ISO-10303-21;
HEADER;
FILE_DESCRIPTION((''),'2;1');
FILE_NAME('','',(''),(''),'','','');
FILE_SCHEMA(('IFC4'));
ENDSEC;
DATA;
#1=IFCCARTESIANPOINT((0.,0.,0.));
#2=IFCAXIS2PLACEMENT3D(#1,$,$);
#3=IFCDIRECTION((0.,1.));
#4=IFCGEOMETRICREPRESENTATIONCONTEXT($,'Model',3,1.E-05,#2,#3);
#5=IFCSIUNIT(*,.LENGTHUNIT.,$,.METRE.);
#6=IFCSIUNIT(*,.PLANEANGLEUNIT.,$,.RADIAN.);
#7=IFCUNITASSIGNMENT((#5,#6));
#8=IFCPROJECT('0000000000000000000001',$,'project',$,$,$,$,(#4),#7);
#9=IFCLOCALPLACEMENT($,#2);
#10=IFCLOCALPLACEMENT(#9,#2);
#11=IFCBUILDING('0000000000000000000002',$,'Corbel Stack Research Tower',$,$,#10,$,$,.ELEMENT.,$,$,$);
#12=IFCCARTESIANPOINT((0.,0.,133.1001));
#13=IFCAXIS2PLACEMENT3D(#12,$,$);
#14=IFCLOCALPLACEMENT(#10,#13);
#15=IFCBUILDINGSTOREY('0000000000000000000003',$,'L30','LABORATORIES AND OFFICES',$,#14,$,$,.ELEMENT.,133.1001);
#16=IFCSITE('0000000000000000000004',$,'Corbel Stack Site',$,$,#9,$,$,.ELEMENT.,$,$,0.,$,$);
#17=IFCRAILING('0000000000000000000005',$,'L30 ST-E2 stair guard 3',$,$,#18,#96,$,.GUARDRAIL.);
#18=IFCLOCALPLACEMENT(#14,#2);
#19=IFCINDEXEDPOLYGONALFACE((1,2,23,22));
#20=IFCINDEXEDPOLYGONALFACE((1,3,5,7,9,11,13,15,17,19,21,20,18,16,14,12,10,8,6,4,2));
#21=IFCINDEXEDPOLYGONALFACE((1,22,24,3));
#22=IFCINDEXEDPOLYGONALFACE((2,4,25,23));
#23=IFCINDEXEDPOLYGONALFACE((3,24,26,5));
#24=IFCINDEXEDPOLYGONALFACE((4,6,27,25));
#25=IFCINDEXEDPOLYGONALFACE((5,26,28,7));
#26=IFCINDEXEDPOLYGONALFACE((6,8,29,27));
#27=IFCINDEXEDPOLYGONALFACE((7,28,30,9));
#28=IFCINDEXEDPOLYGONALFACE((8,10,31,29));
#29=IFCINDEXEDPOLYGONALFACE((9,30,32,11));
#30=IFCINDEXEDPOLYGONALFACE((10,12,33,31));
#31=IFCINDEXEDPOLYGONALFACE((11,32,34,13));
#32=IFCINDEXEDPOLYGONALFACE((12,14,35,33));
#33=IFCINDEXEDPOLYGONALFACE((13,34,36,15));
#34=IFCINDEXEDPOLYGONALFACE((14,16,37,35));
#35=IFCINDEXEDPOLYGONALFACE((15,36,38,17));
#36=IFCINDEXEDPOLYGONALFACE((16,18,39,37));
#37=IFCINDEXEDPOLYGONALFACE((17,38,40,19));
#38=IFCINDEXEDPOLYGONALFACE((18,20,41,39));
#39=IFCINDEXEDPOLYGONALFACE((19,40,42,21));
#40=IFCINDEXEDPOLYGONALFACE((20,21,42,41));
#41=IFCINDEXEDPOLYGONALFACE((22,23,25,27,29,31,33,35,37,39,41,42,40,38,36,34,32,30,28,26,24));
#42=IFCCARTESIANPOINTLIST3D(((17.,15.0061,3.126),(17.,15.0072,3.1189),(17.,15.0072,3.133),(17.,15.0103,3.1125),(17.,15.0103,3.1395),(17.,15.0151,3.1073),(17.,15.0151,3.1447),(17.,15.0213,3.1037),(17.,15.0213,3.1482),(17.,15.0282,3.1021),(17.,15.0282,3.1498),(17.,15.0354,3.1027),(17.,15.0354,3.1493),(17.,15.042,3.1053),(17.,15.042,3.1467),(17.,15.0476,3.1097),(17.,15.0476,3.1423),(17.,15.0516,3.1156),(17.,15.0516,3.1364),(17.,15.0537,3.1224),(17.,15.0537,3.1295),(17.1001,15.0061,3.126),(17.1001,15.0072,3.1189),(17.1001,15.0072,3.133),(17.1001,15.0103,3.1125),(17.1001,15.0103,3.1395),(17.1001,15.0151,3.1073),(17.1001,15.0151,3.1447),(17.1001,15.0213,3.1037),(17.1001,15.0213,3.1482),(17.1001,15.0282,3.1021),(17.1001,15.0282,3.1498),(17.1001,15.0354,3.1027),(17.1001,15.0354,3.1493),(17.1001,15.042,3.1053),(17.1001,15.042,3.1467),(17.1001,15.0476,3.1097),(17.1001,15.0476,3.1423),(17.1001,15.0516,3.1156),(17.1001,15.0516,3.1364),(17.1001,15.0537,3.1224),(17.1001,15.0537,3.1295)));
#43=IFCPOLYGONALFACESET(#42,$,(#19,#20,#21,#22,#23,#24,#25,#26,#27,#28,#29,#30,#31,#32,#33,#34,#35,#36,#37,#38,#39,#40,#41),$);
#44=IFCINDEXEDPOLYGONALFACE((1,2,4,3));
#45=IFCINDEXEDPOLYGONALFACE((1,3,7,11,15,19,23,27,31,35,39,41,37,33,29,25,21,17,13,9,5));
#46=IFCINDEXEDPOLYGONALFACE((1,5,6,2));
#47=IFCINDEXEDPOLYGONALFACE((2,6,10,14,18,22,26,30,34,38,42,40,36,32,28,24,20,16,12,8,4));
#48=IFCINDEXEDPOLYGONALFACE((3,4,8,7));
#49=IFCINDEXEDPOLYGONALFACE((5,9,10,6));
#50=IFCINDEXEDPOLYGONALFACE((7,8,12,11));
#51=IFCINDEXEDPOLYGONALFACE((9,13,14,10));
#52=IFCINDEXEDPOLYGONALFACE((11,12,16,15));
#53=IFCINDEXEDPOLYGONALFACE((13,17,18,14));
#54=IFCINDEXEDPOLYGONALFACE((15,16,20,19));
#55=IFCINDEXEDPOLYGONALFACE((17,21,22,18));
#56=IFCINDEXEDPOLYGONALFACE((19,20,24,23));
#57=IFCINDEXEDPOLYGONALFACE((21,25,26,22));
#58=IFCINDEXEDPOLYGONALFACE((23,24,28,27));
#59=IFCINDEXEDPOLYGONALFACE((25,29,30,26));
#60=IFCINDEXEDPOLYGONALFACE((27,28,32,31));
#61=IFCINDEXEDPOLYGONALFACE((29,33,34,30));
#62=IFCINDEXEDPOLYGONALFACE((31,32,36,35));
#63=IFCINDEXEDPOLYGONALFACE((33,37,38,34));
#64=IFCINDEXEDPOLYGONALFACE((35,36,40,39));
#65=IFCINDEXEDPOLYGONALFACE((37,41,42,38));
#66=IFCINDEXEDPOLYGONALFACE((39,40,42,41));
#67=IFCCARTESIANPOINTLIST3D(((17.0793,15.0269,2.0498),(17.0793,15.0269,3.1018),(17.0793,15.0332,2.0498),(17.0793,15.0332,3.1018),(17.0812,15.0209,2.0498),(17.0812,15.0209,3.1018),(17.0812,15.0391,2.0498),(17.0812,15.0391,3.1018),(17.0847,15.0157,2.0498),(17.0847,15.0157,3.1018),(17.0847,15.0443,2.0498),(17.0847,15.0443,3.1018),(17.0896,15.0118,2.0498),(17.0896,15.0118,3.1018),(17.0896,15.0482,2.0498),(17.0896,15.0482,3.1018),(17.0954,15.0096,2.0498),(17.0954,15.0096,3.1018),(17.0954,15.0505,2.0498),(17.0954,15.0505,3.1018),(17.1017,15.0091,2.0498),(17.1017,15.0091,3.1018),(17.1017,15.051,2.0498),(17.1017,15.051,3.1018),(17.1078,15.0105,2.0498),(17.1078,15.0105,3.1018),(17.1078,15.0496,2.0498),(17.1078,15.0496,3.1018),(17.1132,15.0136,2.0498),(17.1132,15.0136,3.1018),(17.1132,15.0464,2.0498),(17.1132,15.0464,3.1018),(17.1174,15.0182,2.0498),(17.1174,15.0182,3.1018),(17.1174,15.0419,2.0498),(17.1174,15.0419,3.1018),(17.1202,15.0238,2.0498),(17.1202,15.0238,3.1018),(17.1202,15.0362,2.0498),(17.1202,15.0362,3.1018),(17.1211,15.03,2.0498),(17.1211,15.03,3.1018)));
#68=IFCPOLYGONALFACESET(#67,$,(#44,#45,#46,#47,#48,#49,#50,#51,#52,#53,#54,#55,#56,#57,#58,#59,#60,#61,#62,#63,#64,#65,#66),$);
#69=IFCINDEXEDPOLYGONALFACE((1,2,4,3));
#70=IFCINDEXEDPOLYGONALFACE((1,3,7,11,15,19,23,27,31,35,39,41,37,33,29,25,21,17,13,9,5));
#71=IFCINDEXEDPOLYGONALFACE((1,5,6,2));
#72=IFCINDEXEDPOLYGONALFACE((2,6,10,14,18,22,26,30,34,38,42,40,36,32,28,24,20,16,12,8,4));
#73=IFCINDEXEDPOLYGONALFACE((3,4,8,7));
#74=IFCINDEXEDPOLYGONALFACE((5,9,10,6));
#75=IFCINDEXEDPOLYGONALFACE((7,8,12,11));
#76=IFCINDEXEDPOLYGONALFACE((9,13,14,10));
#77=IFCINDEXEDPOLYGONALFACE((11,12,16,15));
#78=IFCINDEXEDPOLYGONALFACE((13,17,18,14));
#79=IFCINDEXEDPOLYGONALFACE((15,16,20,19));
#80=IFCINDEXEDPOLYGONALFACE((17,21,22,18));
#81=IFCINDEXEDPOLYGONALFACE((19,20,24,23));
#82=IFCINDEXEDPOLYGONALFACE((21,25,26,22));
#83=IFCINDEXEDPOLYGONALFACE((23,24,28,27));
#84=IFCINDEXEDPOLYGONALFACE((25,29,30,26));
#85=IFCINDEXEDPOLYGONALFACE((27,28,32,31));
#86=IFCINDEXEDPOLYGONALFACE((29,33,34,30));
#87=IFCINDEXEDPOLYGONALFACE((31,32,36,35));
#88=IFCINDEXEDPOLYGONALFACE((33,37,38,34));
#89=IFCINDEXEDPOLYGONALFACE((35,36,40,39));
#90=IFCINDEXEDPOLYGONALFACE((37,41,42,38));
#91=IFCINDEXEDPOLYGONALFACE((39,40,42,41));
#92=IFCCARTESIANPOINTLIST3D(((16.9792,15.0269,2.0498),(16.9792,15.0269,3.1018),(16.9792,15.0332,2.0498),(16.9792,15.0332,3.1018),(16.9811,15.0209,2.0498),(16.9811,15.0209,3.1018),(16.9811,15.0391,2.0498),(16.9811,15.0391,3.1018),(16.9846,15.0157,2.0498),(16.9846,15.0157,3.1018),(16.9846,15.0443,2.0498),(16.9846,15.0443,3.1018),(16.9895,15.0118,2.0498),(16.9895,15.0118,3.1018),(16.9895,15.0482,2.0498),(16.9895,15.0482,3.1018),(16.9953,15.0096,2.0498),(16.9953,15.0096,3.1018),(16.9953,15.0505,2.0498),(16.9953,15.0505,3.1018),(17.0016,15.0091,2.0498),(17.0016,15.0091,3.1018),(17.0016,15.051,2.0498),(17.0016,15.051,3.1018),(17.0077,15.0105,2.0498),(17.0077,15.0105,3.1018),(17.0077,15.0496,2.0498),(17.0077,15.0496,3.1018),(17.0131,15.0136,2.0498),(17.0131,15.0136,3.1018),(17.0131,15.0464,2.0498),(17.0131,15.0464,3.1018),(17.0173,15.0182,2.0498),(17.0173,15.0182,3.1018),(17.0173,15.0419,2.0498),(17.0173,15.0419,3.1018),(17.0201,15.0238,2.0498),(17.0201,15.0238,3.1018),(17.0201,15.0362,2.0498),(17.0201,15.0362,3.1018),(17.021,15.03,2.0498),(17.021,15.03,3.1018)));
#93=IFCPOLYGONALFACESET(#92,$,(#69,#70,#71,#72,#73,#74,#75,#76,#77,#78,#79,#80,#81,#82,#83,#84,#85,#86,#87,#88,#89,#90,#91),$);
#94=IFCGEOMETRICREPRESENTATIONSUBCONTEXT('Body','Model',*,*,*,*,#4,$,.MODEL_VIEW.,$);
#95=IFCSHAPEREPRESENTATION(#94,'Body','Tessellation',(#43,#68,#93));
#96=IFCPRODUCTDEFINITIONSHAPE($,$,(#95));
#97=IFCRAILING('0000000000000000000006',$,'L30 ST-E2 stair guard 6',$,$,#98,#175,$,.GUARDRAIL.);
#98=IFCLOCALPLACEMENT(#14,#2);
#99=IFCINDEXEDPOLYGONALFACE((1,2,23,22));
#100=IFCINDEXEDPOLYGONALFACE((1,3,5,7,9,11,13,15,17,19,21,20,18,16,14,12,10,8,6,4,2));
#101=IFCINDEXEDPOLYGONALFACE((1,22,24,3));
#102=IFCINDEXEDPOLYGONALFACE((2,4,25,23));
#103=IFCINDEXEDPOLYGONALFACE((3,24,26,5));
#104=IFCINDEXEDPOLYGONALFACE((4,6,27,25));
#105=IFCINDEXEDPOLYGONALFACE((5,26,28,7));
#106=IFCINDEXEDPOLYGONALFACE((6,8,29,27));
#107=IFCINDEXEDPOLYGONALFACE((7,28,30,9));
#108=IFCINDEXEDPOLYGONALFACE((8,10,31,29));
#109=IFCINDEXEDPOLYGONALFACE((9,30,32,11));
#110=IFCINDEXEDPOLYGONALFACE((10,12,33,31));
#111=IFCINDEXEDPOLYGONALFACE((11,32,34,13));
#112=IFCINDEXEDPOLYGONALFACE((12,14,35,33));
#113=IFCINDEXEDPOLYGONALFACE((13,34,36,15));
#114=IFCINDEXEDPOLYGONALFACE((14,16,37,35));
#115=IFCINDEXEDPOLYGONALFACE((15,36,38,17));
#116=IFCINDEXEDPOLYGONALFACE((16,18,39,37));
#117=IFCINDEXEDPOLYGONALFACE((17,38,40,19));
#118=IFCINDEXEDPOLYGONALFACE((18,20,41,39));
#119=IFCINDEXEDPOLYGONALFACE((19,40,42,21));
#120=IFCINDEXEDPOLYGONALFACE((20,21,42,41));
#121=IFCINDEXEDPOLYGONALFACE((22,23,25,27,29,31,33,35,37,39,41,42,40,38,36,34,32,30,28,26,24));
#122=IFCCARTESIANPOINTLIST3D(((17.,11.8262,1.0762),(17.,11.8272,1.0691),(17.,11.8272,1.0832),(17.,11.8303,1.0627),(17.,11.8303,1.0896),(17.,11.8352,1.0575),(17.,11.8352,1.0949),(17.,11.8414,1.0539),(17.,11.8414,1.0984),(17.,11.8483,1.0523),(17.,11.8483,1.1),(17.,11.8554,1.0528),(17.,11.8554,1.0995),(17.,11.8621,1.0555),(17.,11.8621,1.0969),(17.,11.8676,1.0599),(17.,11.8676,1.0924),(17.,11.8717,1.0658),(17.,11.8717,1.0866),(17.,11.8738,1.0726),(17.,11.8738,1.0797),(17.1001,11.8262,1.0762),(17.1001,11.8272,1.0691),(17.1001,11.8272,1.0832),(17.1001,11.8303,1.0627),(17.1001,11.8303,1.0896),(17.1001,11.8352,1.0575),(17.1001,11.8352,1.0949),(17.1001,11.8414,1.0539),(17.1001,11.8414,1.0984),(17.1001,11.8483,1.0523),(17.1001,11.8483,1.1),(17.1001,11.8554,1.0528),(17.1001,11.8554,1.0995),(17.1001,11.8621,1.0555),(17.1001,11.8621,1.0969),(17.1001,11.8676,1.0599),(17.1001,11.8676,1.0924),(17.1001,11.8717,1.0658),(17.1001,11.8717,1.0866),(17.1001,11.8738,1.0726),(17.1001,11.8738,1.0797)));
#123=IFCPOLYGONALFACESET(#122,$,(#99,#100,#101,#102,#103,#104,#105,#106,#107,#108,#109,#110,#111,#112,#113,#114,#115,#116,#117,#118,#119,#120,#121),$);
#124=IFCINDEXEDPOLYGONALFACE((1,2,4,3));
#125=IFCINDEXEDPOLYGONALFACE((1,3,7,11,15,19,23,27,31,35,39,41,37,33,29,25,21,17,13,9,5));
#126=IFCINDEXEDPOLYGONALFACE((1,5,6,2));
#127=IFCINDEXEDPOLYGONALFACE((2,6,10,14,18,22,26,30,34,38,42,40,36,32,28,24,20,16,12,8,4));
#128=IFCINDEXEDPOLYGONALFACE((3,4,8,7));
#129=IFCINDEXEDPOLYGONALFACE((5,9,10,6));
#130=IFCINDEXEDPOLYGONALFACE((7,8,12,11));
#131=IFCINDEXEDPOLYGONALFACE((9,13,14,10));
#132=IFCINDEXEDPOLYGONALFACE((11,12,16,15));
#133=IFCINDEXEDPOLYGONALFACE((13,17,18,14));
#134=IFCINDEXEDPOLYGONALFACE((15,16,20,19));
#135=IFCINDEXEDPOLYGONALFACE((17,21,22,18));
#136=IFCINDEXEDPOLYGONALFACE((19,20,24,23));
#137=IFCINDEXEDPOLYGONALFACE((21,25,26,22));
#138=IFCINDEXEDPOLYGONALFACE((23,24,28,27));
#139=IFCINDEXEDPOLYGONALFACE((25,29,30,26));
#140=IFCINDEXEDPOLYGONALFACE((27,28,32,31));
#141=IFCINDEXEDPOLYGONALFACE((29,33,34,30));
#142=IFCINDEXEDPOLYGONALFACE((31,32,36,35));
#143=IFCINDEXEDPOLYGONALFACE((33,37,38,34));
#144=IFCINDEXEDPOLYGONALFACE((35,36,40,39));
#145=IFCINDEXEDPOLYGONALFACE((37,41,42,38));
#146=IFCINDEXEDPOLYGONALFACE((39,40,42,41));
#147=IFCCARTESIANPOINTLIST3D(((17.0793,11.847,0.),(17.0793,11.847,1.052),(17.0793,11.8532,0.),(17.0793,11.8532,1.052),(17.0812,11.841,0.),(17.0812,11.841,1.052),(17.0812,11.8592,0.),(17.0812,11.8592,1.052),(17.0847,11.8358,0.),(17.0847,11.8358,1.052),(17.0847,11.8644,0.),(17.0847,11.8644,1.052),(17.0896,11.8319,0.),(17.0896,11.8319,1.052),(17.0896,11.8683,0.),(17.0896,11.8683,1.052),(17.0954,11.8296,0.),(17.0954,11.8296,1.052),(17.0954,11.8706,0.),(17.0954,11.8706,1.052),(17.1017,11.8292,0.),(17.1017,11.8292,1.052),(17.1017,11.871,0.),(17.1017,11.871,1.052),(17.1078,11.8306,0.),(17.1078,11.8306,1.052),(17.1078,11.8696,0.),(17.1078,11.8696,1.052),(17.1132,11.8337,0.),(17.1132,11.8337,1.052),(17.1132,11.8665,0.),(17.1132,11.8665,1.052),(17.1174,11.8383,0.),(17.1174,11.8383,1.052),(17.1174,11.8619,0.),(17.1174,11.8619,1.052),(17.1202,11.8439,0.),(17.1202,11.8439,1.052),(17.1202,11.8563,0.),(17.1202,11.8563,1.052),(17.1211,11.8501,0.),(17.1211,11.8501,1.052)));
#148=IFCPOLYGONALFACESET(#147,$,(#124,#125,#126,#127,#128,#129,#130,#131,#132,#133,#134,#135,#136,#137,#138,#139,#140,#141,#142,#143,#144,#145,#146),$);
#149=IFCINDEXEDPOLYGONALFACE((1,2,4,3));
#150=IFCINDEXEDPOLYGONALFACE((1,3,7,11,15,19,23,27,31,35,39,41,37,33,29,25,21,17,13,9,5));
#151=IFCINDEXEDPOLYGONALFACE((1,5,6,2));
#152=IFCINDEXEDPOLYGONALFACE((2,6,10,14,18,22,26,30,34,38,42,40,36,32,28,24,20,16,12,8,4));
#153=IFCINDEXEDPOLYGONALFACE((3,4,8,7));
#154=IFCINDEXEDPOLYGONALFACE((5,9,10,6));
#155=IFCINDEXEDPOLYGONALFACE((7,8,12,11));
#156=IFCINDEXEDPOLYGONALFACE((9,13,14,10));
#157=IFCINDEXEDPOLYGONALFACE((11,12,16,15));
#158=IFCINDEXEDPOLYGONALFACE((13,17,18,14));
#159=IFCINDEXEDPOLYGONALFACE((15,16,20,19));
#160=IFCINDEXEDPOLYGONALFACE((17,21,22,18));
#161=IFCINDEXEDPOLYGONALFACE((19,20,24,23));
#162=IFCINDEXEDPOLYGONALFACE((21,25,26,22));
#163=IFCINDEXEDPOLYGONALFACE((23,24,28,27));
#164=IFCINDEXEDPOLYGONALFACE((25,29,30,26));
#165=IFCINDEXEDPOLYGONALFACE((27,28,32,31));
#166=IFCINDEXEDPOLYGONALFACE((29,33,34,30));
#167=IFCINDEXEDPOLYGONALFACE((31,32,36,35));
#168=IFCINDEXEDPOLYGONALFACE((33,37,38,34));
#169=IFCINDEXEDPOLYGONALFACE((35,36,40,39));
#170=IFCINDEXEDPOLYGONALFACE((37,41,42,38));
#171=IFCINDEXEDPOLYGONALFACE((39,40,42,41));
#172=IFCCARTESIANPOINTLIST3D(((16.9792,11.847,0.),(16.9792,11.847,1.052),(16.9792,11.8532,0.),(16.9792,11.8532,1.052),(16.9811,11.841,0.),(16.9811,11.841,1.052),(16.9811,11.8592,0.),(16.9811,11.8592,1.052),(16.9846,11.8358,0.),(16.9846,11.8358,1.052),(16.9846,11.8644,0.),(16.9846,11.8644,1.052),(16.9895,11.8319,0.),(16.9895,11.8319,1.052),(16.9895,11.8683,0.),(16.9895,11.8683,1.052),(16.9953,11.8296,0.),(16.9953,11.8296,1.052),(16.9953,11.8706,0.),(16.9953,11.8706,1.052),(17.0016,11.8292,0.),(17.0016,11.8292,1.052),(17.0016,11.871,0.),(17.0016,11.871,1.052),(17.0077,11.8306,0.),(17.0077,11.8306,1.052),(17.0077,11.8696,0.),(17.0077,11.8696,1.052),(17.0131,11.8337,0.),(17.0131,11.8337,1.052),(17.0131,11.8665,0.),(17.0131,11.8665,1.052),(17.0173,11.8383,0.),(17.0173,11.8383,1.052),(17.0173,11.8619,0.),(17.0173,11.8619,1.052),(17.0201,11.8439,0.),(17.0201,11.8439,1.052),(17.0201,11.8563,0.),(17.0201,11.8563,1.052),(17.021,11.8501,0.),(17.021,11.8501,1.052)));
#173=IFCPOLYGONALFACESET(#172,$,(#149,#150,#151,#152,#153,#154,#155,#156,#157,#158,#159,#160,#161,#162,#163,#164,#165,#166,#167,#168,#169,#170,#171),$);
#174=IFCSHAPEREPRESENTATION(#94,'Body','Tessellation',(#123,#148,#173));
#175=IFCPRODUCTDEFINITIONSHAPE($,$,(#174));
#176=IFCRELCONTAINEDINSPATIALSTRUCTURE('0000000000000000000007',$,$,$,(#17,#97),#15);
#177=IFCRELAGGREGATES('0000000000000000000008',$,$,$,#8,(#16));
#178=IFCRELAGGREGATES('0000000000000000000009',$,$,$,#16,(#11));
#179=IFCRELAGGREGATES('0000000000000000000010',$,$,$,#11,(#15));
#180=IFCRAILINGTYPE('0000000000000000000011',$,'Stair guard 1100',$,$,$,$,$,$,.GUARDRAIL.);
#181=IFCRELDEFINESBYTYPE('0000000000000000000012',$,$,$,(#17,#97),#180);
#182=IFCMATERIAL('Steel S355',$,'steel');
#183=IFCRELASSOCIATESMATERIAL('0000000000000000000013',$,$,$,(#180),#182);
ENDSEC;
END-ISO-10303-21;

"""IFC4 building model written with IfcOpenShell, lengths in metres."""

from ifc_helpers import new_model, si_unit, direction, frame, origin, origin_2d, place, context, subcontext, project, spatial, circle, extrude, material, type_object, element, save


model = new_model("IFC4")

# Units and contexts
model_context = context("Model", 3, precision=1e-05, world=origin(), true_north=direction((0.0, 1.0)))
body_context = subcontext(model_context, "Body", "Model", "MODEL_VIEW")
ifc_project = project(units=[si_unit("LENGTHUNIT", "METRE"), si_unit("PLANEANGLEUNIT", "RADIAN")], contexts=[model_context])

# Site, building, storey
site_placement = place(None, origin())
site = spatial("IfcSite", under=ifc_project, at=site_placement, Name="Corbel Stack Site", CompositionType="ELEMENT", RefElevation=0.0)
building_placement = place(site_placement, origin())
building = spatial("IfcBuilding", under=site, at=building_placement, Name="Corbel Stack Research Tower", CompositionType="ELEMENT")
storey_placement = place(building_placement, frame((0.0, 0.0, 133.1001)))
storey = spatial("IfcBuildingStorey", under=building, at=storey_placement, Name="L30", Description="LABORATORIES AND OFFICES", CompositionType="ELEMENT", Elevation=133.1001)

# Railings
ifc_material_1 = material(Name="Steel S355", Category="steel")
railing_type = type_object("IfcRailingType", Name="Stair guard 1100", PredefinedType="GUARDRAIL", material=ifc_material_1)
for number, where, name in (
    (1, (17.1001, 15.03, 2.0498), "L30 ST-E2 stair guard 3"),
    (2, (17.1001, 11.8501, 0.0), "L30 ST-E2 stair guard 6"),
):
    element("IfcRailing", number, at=place(storey_placement, frame(where)), inside=storey, type_object=railing_type, Name=name, PredefinedType="GUARDRAIL", context=body_context, shape_type="SweptSolid", body=[
        extrude(circle(Radius=0.0239, at=origin_2d()), frame((0.0, 0.0, 1.0762), z_axis=(-1.0, 0.0, 0.0), x_axis=(0.0, -1.0, 0.0)), (0.0, 0.0, 1.0), 0.1001),
        extrude(circle(Radius=0.021, at=origin_2d()), origin(), (0.0, 0.0, 1.0), 1.052),
        extrude(circle(Radius=0.021, at=origin_2d()), frame((-0.1001, 0.0, 0.0)), (0.0, 0.0, 1.0), 1.052),
    ])

save(model, "model.ifc")
